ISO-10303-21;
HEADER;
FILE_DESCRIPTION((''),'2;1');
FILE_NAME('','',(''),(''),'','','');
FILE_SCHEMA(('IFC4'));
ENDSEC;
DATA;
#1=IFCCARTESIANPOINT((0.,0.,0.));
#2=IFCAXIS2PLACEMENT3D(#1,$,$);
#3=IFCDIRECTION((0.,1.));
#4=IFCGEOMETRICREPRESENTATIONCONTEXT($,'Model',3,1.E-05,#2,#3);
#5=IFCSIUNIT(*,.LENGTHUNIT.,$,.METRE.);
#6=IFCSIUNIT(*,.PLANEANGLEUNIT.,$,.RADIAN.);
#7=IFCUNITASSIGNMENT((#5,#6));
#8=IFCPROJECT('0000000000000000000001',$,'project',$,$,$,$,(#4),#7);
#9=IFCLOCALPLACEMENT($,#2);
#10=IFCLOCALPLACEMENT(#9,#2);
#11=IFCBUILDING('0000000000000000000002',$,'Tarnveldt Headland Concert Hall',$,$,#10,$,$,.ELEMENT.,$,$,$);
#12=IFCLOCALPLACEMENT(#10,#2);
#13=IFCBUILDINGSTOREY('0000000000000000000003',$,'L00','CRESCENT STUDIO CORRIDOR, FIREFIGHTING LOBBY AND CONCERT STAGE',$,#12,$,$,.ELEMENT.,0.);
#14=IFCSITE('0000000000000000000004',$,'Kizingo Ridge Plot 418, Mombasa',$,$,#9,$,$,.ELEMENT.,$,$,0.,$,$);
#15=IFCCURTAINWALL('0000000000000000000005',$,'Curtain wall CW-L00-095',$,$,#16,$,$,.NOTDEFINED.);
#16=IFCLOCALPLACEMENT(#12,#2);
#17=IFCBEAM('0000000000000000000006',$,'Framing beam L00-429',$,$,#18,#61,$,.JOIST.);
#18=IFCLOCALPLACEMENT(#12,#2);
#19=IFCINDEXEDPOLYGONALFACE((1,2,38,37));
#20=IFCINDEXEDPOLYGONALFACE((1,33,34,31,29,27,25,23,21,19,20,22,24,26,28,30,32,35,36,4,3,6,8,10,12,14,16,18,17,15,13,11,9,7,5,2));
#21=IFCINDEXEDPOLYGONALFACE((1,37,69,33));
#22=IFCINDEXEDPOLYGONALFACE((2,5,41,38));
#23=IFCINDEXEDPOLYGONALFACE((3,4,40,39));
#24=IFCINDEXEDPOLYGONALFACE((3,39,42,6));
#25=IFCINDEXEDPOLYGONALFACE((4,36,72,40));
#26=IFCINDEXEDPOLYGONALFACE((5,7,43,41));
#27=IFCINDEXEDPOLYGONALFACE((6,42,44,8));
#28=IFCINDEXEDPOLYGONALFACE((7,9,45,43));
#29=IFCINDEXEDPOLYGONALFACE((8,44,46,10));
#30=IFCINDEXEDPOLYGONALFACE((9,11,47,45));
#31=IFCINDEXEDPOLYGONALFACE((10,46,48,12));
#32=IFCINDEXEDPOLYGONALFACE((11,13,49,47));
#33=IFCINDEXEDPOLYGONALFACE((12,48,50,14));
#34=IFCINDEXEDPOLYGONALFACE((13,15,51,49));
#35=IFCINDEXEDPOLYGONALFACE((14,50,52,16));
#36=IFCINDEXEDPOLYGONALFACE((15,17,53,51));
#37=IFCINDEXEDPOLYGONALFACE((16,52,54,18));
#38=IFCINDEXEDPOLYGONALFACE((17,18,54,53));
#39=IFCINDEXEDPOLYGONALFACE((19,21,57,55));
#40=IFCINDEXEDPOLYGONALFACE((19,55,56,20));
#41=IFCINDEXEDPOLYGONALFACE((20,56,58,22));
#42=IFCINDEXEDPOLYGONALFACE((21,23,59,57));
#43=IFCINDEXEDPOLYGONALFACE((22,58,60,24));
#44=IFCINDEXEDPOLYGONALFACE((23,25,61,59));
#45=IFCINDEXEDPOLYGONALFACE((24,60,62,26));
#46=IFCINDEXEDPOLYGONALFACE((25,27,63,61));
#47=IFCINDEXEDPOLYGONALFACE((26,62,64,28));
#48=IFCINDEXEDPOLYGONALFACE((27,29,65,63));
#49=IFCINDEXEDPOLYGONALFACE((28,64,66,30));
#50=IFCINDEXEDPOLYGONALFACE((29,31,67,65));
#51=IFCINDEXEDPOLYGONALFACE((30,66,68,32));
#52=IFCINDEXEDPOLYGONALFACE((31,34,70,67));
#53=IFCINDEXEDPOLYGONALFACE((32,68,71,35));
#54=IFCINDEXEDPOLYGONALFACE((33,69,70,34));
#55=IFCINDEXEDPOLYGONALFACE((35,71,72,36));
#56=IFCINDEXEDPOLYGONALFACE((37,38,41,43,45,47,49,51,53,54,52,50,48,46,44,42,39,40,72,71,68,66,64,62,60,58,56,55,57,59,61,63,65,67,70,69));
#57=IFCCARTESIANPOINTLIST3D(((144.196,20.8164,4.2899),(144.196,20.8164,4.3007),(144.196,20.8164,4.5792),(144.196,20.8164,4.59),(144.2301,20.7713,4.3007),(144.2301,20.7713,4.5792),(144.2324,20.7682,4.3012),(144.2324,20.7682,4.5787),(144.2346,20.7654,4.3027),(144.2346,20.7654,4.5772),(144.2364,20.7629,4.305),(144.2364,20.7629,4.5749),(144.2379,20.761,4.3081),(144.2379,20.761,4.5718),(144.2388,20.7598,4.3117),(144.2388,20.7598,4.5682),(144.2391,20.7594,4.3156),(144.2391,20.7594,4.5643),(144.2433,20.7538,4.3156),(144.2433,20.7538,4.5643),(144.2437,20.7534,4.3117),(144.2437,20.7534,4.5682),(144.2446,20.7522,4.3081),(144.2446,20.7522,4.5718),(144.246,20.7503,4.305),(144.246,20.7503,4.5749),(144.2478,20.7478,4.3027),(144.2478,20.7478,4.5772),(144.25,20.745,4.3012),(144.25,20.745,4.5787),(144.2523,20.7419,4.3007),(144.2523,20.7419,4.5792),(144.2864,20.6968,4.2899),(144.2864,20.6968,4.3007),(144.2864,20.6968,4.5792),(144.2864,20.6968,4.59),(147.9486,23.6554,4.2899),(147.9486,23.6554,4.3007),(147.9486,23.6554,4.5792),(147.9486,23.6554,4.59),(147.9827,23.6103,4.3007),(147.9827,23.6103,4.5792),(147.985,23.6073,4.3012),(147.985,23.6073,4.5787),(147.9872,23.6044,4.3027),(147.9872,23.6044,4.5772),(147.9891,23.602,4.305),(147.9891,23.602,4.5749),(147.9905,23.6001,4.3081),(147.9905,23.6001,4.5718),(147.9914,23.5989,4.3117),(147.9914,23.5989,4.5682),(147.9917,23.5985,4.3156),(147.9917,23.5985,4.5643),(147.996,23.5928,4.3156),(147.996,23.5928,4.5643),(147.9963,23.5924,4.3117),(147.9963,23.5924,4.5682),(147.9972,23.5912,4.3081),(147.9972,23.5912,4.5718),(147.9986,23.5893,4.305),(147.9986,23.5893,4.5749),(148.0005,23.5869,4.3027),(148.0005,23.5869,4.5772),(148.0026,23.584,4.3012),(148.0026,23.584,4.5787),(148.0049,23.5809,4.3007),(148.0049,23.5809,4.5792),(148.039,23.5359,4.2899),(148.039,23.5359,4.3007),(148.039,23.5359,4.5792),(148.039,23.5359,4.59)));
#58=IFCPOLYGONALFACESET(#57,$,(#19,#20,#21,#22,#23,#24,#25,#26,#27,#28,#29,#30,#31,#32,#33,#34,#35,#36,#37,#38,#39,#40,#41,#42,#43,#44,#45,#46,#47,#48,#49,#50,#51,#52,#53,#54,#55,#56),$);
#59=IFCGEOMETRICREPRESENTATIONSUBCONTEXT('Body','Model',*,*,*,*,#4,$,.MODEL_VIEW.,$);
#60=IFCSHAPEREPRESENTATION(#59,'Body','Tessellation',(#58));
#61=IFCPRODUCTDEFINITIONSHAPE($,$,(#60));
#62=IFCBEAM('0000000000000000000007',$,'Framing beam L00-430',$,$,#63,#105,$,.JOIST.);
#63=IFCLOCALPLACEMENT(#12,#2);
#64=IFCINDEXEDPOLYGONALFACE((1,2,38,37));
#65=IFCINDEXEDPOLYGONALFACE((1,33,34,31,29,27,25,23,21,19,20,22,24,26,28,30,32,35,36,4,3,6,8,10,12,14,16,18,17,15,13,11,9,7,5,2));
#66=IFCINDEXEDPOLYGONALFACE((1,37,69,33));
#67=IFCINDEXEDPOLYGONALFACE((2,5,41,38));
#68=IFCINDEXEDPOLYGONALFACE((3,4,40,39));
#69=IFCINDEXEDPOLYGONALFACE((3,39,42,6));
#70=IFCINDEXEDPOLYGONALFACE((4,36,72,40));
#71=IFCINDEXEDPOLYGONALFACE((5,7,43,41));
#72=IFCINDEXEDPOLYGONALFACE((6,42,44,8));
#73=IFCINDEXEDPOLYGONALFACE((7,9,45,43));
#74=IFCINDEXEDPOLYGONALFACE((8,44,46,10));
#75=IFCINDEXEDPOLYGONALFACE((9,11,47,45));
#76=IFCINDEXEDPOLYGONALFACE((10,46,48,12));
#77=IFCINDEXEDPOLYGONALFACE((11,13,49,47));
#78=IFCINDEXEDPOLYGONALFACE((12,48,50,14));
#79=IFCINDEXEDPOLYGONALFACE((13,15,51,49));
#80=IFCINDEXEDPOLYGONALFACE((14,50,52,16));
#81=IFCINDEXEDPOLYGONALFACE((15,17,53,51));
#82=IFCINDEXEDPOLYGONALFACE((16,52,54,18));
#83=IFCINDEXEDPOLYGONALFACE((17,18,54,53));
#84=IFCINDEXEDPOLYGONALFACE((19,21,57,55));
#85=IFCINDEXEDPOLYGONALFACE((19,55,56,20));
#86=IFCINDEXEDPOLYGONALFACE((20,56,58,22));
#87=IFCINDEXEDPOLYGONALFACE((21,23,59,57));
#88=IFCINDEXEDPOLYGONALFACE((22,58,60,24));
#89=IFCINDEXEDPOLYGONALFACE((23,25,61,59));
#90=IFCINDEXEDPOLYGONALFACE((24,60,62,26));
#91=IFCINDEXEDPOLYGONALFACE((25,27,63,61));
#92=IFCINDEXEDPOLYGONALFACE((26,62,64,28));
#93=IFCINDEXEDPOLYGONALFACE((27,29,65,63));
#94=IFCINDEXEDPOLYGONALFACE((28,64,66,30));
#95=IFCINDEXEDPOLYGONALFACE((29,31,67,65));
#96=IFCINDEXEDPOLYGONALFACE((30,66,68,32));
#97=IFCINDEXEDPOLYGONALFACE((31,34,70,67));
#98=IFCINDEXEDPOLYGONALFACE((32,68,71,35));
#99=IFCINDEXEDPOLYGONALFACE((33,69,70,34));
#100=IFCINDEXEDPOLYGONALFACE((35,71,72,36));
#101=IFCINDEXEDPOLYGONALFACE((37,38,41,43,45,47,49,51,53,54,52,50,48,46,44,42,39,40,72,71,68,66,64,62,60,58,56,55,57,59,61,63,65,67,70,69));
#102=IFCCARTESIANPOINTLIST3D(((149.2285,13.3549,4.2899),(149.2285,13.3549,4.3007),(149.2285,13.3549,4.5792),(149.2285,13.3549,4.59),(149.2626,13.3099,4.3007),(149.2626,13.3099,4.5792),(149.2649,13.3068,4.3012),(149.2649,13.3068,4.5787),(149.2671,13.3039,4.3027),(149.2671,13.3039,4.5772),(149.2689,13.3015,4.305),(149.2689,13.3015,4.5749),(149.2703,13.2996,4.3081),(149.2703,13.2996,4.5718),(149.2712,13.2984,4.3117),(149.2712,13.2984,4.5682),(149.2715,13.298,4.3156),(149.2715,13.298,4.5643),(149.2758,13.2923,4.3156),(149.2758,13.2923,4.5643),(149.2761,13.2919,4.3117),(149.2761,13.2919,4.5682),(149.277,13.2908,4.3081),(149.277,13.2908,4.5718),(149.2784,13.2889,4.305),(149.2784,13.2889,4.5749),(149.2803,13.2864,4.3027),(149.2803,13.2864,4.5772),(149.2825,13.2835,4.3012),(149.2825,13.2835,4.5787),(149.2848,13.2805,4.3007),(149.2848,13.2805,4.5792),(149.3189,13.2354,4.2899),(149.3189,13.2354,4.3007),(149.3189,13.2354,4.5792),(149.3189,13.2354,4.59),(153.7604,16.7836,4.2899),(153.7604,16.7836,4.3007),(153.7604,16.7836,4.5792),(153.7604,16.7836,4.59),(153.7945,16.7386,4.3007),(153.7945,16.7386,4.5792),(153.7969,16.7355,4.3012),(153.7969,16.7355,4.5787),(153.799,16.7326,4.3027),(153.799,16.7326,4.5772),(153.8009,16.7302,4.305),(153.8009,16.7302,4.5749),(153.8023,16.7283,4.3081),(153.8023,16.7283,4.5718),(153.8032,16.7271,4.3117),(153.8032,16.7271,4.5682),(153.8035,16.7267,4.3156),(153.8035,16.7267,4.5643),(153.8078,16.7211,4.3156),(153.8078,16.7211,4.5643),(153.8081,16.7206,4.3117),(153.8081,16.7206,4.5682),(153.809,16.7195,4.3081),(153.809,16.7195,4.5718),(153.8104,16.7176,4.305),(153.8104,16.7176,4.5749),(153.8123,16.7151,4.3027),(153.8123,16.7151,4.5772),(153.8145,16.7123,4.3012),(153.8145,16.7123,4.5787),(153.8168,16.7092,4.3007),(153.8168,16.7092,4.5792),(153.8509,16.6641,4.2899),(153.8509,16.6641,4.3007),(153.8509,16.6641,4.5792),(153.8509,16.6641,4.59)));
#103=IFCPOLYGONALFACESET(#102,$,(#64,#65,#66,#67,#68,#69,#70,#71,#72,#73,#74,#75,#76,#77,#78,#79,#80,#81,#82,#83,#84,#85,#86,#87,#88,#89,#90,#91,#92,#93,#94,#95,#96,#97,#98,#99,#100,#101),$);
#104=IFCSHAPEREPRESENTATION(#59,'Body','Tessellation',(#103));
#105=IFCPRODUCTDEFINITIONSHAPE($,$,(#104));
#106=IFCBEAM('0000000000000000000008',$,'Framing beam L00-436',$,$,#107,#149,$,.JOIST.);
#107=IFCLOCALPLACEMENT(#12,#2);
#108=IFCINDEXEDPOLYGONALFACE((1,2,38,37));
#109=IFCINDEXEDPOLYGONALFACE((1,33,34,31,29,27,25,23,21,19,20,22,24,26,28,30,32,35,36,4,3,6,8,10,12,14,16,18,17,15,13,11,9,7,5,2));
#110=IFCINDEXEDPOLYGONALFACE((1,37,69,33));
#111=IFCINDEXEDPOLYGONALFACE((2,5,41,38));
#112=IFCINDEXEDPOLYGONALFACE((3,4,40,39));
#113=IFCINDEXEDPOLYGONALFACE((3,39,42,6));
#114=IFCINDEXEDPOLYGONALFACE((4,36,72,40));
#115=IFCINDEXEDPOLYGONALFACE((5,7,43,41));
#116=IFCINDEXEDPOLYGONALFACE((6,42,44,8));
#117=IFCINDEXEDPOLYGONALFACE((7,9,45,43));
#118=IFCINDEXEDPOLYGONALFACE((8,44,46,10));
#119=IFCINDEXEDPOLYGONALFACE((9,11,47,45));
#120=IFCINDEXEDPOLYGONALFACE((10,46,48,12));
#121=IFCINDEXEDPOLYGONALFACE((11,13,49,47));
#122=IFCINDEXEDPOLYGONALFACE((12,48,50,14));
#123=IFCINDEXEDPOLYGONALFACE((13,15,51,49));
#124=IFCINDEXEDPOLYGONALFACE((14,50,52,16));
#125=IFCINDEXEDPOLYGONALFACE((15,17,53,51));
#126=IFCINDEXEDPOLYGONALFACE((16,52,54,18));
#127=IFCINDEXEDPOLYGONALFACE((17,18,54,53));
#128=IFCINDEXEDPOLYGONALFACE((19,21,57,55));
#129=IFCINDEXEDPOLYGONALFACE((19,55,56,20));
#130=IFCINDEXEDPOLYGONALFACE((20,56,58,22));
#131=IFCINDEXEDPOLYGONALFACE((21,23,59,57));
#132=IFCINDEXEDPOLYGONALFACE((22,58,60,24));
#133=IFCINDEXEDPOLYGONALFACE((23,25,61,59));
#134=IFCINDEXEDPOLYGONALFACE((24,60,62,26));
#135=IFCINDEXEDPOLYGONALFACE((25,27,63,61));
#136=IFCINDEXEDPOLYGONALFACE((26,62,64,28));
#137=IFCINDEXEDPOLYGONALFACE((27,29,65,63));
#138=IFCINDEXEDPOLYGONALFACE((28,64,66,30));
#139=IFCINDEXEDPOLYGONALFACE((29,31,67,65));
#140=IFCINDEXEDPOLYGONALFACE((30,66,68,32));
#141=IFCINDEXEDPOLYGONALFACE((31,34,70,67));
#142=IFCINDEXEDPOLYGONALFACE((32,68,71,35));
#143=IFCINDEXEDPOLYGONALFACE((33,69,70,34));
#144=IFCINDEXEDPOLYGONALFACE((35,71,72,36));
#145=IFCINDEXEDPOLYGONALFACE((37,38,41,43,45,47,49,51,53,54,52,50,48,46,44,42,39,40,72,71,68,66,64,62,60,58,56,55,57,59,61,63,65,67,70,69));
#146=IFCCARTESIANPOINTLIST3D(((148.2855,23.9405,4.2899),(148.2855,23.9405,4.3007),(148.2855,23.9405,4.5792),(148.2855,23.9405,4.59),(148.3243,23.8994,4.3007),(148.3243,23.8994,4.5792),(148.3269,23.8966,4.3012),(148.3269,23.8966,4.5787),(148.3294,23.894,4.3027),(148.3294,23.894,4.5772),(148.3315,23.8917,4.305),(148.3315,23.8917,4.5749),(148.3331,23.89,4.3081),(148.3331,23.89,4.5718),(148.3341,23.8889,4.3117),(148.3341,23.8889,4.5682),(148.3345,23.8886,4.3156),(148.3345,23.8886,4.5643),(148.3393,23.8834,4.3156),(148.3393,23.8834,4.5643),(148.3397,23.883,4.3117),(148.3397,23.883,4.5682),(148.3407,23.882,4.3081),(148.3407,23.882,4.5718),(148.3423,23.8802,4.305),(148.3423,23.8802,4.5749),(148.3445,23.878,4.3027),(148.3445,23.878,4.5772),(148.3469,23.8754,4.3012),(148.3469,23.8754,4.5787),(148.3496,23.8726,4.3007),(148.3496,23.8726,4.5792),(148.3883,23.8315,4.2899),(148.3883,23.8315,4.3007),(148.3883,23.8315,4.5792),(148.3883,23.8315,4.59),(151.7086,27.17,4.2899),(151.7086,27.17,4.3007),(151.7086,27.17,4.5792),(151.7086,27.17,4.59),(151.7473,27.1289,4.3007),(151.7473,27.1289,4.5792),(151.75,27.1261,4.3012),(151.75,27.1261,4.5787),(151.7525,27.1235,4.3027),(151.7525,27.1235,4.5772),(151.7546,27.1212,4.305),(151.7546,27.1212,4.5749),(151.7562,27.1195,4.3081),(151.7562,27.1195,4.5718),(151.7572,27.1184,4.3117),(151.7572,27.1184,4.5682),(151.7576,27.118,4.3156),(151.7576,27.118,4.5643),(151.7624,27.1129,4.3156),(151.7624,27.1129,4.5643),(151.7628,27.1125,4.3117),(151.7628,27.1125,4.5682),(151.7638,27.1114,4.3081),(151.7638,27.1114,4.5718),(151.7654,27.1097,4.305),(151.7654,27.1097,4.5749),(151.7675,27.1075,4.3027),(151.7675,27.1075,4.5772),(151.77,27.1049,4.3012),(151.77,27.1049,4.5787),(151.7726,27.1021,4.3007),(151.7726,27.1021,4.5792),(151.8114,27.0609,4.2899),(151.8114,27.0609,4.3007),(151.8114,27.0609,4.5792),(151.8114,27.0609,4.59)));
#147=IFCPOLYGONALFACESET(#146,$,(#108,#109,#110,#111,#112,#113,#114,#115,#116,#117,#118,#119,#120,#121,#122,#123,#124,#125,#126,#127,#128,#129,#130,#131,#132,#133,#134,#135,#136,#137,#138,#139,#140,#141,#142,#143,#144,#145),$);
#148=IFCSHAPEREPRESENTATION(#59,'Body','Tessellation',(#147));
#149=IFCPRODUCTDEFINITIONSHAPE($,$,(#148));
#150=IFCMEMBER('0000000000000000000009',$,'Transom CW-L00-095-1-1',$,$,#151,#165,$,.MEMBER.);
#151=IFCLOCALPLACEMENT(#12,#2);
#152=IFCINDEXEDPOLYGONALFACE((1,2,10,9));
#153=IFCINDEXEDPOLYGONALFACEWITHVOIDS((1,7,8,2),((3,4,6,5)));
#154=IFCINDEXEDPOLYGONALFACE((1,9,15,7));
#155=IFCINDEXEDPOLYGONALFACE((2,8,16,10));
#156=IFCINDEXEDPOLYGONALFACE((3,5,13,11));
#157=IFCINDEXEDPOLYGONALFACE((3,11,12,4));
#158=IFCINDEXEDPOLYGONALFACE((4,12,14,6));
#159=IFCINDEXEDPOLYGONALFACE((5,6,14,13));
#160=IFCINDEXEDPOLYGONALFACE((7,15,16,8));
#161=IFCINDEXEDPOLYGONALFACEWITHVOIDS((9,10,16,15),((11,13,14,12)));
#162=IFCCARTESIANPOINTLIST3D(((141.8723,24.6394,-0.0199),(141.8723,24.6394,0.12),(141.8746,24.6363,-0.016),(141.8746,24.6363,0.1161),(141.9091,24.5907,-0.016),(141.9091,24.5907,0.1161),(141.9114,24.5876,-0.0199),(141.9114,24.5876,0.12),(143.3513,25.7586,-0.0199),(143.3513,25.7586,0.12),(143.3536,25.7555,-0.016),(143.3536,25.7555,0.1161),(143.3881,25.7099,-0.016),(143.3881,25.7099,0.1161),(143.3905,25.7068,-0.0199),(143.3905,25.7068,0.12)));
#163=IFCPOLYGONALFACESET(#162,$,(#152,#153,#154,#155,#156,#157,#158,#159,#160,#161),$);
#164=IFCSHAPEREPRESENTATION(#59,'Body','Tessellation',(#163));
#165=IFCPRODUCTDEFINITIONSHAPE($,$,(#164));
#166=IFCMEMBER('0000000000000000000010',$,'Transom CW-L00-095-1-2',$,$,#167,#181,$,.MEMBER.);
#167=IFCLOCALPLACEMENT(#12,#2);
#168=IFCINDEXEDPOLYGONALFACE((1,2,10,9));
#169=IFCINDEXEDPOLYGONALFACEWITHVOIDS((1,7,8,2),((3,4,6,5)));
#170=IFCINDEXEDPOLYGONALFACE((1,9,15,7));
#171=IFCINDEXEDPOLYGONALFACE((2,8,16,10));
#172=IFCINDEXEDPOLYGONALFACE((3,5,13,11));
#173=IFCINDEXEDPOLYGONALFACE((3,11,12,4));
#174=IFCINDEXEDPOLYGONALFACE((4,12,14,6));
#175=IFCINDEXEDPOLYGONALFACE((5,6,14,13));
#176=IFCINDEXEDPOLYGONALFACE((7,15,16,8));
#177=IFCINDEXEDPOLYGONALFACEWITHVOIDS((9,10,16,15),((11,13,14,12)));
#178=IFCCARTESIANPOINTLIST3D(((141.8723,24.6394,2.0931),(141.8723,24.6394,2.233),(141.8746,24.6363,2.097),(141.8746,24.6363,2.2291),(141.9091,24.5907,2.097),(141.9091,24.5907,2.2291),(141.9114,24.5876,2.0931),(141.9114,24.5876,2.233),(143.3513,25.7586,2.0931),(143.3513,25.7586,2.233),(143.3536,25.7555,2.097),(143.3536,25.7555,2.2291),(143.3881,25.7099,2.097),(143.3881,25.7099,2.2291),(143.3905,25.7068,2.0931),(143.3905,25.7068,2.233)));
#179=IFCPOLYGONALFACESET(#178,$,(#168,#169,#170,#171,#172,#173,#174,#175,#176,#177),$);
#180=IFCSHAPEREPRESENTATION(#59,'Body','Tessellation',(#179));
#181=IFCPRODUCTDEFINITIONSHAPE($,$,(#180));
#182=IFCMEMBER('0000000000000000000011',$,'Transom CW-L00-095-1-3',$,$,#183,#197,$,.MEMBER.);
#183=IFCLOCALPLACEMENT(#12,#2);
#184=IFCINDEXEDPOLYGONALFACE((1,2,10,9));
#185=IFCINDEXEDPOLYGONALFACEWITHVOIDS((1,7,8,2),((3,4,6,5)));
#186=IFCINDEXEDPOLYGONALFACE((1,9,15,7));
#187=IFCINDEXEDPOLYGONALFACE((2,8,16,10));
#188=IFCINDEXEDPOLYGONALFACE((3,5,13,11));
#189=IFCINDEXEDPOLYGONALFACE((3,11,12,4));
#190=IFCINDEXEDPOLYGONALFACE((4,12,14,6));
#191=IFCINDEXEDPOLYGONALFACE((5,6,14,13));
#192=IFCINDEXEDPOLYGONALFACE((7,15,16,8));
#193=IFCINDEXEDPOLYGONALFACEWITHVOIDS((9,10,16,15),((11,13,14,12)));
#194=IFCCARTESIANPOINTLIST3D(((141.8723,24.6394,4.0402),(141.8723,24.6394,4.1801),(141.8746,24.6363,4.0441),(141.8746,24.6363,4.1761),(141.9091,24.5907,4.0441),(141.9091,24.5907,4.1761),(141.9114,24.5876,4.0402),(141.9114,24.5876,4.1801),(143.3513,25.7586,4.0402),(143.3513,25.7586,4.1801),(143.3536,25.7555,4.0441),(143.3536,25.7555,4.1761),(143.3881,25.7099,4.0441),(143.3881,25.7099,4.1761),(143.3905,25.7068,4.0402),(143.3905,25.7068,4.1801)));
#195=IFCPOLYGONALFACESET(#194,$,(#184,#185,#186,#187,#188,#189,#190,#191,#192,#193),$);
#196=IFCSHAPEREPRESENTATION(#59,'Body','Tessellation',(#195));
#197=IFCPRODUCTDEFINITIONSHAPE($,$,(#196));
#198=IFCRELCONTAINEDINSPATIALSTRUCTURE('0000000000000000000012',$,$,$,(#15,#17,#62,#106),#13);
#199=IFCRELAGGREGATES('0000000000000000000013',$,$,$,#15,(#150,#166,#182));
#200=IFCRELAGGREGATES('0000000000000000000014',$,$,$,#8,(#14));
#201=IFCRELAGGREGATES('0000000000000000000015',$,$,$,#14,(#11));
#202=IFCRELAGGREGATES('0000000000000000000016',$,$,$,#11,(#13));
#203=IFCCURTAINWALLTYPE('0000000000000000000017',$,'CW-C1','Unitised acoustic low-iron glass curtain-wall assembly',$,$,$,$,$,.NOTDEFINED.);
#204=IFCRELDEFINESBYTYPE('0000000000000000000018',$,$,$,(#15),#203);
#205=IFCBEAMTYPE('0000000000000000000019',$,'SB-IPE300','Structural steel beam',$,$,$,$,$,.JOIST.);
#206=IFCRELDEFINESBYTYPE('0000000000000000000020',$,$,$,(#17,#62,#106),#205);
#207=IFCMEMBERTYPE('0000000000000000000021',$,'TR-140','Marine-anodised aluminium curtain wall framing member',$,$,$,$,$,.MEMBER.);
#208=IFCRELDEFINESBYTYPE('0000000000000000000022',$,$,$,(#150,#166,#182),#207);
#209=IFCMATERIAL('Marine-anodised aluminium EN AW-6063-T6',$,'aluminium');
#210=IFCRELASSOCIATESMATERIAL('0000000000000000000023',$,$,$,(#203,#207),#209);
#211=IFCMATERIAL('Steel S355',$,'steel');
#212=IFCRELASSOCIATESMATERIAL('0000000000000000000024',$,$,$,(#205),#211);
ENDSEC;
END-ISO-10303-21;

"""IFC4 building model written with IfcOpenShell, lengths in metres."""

from ifc_helpers import new_model, si_unit, direction, frame, origin, origin_2d, place, context, subcontext, project, spatial, hollow_rectangle, i_section, extrude, material, material_profile, profile_set, type_object, element, aggregate, save


model = new_model("IFC4")

# Units and contexts
model_context = context("Model", 3, precision=1e-05, world=origin(), true_north=direction((0.0, 1.0)))
body_context = subcontext(model_context, "Body", "Model", "MODEL_VIEW")
ifc_project = project(units=[si_unit("LENGTHUNIT", "METRE"), si_unit("PLANEANGLEUNIT", "RADIAN")], contexts=[model_context])

# Site, building, storey
site_placement = place(None, origin())
site = spatial("IfcSite", under=ifc_project, at=site_placement, Name="Kizingo Ridge Plot 418, Mombasa", CompositionType="ELEMENT", RefElevation=0.0)
building_placement = place(site_placement, origin())
building = spatial("IfcBuilding", under=site, at=building_placement, Name="Tarnveldt Headland Concert Hall", CompositionType="ELEMENT")
storey_placement = place(building_placement, origin())
storey = spatial("IfcBuildingStorey", under=building, at=storey_placement, Name="L00", Description="CRESCENT STUDIO CORRIDOR, FIREFIGHTING LOBBY AND CONCERT STAGE", CompositionType="ELEMENT", Elevation=0.0)

# Curtain wall
ifc_material_1 = material(Name="Marine-anodised aluminium EN AW-6063-T6", Category="aluminium")
curtain_wall_type = type_object("IfcCurtainWallType", Name="CW-C1", Description="Unitised acoustic low-iron glass curtain-wall assembly", PredefinedType="NOTDEFINED", material=ifc_material_1)
curtain_wall_placement = place(storey_placement, origin())
curtain_wall = element("IfcCurtainWall", 1, at=curtain_wall_placement, inside=storey, type_object=curtain_wall_type, Name="Curtain wall CW-L00-095", PredefinedType="NOTDEFINED")

# Beams
ifc_material_2 = material(Name="Steel S355", Category="steel")
ifc_material_profile_1 = material_profile(ifc_material_2, i_section(OverallWidth=0.1499, OverallDepth=0.3, WebThickness=0.0071, FlangeThickness=0.0107, FilletRadius=0.0149, at=origin_2d()), Name="IPE300", Category="steel")
ifc_profile_set_1 = profile_set([ifc_material_profile_1], Name="Steel S355")
beam_type_1 = type_object("IfcBeamType", Name="SB-IPE300", Description="Structural steel beam", PredefinedType="JOIST", material=ifc_profile_set_1)
beam_1_placement = place(storey_placement, frame((144.2412, 20.7566, 4.4399), z_axis=(0.797484, 0.60334, 0.0), x_axis=(-0.60334, 0.797484, 0.0)))
element("IfcBeam", 2, at=beam_1_placement, inside=storey, type_object=beam_type_1, Name="Framing beam L00-429", PredefinedType="JOIST", context=body_context, shape_type="SweptSolid", body=[
    extrude(i_section(OverallWidth=0.1499, OverallDepth=0.3, WebThickness=0.0071, FlangeThickness=0.0107, FilletRadius=0.0149, at=origin_2d()), origin(), (0.0, 0.0, 1.0), 4.7056),
])
beam_2_placement = place(storey_placement, frame((149.2737, 13.2952, 4.4399), z_axis=(0.797482, 0.603342, 0.0), x_axis=(-0.603342, 0.797482, 0.0)))
element("IfcBeam", 3, at=beam_2_placement, inside=storey, type_object=beam_type_1, Name="Framing beam L00-430", PredefinedType="JOIST", context=body_context, shape_type="SweptSolid", body=[
    extrude(i_section(OverallWidth=0.1499, OverallDepth=0.3, WebThickness=0.0071, FlangeThickness=0.0107, FilletRadius=0.0149, at=origin_2d()), origin(), (0.0, 0.0, 1.0), 5.6829),
])
beam_3_placement = place(storey_placement, frame((148.3369, 23.886, 4.4399), z_axis=(0.727377, 0.686238, 0.0), x_axis=(-0.686238, 0.727377, 0.0)))
element("IfcBeam", 4, at=beam_3_placement, inside=storey, type_object=beam_type_1, Name="Framing beam L00-436", PredefinedType="JOIST", context=body_context, shape_type="SweptSolid", body=[
    extrude(i_section(OverallWidth=0.1499, OverallDepth=0.3, WebThickness=0.0071, FlangeThickness=0.0107, FilletRadius=0.0149, at=origin_2d()), origin(), (0.0, 0.0, 1.0), 4.7061),
])

# Members
ifc_material_profile_2 = material_profile(ifc_material_1, hollow_rectangle(XDim=0.0649, YDim=0.1399, WallThickness=0.0039, at=origin_2d()), Name="ALU TRANSOM 65x140x4", Category="aluminium")
ifc_profile_set_2 = profile_set([ifc_material_profile_2], Name="Marine-anodised aluminium EN AW-6063-T6")
member_type_1 = type_object("IfcMemberType", Name="TR-140", Description="Marine-anodised aluminium curtain wall framing member", PredefinedType="MEMBER", material=ifc_profile_set_2)
member_1_placement = place(storey_placement, frame((141.8918, 24.6135, 0.05), z_axis=(0.797434, 0.603406, 0.0), x_axis=(-0.603406, 0.797434, 0.0)))
member_1 = element("IfcMember", 5, at=member_1_placement, type_object=member_type_1, Name="Transom CW-L00-095-1-1", PredefinedType="MEMBER", context=body_context, shape_type="SweptSolid", body=[
    extrude(hollow_rectangle(XDim=0.0649, YDim=0.1399, WallThickness=0.0039, at=origin_2d()), origin(), (0.0, 0.0, 1.0), 1.8547),
])
member_2_placement = place(storey_placement, frame((141.8918, 24.6135, 2.1631), z_axis=(0.797434, 0.603406, 0.0), x_axis=(-0.603406, 0.797434, 0.0)))
member_2 = element("IfcMember", 6, at=member_2_placement, type_object=member_type_1, Name="Transom CW-L00-095-1-2", PredefinedType="MEMBER", context=body_context, shape_type="SweptSolid", body=[
    extrude(hollow_rectangle(XDim=0.0649, YDim=0.1399, WallThickness=0.0039, at=origin_2d()), origin(), (0.0, 0.0, 1.0), 1.8547),
])
member_3_placement = place(storey_placement, frame((141.8918, 24.6135, 4.1101), z_axis=(0.797434, 0.603406, 0.0), x_axis=(-0.603406, 0.797434, 0.0)))
member_3 = element("IfcMember", 7, at=member_3_placement, type_object=member_type_1, Name="Transom CW-L00-095-1-3", PredefinedType="MEMBER", context=body_context, shape_type="SweptSolid", body=[
    extrude(hollow_rectangle(XDim=0.0649, YDim=0.1399, WallThickness=0.0039, at=origin_2d()), origin(), (0.0, 0.0, 1.0), 1.8547),
])

aggregate(curtain_wall, [member_1, member_2, member_3])

save(model, "model.ifc")
